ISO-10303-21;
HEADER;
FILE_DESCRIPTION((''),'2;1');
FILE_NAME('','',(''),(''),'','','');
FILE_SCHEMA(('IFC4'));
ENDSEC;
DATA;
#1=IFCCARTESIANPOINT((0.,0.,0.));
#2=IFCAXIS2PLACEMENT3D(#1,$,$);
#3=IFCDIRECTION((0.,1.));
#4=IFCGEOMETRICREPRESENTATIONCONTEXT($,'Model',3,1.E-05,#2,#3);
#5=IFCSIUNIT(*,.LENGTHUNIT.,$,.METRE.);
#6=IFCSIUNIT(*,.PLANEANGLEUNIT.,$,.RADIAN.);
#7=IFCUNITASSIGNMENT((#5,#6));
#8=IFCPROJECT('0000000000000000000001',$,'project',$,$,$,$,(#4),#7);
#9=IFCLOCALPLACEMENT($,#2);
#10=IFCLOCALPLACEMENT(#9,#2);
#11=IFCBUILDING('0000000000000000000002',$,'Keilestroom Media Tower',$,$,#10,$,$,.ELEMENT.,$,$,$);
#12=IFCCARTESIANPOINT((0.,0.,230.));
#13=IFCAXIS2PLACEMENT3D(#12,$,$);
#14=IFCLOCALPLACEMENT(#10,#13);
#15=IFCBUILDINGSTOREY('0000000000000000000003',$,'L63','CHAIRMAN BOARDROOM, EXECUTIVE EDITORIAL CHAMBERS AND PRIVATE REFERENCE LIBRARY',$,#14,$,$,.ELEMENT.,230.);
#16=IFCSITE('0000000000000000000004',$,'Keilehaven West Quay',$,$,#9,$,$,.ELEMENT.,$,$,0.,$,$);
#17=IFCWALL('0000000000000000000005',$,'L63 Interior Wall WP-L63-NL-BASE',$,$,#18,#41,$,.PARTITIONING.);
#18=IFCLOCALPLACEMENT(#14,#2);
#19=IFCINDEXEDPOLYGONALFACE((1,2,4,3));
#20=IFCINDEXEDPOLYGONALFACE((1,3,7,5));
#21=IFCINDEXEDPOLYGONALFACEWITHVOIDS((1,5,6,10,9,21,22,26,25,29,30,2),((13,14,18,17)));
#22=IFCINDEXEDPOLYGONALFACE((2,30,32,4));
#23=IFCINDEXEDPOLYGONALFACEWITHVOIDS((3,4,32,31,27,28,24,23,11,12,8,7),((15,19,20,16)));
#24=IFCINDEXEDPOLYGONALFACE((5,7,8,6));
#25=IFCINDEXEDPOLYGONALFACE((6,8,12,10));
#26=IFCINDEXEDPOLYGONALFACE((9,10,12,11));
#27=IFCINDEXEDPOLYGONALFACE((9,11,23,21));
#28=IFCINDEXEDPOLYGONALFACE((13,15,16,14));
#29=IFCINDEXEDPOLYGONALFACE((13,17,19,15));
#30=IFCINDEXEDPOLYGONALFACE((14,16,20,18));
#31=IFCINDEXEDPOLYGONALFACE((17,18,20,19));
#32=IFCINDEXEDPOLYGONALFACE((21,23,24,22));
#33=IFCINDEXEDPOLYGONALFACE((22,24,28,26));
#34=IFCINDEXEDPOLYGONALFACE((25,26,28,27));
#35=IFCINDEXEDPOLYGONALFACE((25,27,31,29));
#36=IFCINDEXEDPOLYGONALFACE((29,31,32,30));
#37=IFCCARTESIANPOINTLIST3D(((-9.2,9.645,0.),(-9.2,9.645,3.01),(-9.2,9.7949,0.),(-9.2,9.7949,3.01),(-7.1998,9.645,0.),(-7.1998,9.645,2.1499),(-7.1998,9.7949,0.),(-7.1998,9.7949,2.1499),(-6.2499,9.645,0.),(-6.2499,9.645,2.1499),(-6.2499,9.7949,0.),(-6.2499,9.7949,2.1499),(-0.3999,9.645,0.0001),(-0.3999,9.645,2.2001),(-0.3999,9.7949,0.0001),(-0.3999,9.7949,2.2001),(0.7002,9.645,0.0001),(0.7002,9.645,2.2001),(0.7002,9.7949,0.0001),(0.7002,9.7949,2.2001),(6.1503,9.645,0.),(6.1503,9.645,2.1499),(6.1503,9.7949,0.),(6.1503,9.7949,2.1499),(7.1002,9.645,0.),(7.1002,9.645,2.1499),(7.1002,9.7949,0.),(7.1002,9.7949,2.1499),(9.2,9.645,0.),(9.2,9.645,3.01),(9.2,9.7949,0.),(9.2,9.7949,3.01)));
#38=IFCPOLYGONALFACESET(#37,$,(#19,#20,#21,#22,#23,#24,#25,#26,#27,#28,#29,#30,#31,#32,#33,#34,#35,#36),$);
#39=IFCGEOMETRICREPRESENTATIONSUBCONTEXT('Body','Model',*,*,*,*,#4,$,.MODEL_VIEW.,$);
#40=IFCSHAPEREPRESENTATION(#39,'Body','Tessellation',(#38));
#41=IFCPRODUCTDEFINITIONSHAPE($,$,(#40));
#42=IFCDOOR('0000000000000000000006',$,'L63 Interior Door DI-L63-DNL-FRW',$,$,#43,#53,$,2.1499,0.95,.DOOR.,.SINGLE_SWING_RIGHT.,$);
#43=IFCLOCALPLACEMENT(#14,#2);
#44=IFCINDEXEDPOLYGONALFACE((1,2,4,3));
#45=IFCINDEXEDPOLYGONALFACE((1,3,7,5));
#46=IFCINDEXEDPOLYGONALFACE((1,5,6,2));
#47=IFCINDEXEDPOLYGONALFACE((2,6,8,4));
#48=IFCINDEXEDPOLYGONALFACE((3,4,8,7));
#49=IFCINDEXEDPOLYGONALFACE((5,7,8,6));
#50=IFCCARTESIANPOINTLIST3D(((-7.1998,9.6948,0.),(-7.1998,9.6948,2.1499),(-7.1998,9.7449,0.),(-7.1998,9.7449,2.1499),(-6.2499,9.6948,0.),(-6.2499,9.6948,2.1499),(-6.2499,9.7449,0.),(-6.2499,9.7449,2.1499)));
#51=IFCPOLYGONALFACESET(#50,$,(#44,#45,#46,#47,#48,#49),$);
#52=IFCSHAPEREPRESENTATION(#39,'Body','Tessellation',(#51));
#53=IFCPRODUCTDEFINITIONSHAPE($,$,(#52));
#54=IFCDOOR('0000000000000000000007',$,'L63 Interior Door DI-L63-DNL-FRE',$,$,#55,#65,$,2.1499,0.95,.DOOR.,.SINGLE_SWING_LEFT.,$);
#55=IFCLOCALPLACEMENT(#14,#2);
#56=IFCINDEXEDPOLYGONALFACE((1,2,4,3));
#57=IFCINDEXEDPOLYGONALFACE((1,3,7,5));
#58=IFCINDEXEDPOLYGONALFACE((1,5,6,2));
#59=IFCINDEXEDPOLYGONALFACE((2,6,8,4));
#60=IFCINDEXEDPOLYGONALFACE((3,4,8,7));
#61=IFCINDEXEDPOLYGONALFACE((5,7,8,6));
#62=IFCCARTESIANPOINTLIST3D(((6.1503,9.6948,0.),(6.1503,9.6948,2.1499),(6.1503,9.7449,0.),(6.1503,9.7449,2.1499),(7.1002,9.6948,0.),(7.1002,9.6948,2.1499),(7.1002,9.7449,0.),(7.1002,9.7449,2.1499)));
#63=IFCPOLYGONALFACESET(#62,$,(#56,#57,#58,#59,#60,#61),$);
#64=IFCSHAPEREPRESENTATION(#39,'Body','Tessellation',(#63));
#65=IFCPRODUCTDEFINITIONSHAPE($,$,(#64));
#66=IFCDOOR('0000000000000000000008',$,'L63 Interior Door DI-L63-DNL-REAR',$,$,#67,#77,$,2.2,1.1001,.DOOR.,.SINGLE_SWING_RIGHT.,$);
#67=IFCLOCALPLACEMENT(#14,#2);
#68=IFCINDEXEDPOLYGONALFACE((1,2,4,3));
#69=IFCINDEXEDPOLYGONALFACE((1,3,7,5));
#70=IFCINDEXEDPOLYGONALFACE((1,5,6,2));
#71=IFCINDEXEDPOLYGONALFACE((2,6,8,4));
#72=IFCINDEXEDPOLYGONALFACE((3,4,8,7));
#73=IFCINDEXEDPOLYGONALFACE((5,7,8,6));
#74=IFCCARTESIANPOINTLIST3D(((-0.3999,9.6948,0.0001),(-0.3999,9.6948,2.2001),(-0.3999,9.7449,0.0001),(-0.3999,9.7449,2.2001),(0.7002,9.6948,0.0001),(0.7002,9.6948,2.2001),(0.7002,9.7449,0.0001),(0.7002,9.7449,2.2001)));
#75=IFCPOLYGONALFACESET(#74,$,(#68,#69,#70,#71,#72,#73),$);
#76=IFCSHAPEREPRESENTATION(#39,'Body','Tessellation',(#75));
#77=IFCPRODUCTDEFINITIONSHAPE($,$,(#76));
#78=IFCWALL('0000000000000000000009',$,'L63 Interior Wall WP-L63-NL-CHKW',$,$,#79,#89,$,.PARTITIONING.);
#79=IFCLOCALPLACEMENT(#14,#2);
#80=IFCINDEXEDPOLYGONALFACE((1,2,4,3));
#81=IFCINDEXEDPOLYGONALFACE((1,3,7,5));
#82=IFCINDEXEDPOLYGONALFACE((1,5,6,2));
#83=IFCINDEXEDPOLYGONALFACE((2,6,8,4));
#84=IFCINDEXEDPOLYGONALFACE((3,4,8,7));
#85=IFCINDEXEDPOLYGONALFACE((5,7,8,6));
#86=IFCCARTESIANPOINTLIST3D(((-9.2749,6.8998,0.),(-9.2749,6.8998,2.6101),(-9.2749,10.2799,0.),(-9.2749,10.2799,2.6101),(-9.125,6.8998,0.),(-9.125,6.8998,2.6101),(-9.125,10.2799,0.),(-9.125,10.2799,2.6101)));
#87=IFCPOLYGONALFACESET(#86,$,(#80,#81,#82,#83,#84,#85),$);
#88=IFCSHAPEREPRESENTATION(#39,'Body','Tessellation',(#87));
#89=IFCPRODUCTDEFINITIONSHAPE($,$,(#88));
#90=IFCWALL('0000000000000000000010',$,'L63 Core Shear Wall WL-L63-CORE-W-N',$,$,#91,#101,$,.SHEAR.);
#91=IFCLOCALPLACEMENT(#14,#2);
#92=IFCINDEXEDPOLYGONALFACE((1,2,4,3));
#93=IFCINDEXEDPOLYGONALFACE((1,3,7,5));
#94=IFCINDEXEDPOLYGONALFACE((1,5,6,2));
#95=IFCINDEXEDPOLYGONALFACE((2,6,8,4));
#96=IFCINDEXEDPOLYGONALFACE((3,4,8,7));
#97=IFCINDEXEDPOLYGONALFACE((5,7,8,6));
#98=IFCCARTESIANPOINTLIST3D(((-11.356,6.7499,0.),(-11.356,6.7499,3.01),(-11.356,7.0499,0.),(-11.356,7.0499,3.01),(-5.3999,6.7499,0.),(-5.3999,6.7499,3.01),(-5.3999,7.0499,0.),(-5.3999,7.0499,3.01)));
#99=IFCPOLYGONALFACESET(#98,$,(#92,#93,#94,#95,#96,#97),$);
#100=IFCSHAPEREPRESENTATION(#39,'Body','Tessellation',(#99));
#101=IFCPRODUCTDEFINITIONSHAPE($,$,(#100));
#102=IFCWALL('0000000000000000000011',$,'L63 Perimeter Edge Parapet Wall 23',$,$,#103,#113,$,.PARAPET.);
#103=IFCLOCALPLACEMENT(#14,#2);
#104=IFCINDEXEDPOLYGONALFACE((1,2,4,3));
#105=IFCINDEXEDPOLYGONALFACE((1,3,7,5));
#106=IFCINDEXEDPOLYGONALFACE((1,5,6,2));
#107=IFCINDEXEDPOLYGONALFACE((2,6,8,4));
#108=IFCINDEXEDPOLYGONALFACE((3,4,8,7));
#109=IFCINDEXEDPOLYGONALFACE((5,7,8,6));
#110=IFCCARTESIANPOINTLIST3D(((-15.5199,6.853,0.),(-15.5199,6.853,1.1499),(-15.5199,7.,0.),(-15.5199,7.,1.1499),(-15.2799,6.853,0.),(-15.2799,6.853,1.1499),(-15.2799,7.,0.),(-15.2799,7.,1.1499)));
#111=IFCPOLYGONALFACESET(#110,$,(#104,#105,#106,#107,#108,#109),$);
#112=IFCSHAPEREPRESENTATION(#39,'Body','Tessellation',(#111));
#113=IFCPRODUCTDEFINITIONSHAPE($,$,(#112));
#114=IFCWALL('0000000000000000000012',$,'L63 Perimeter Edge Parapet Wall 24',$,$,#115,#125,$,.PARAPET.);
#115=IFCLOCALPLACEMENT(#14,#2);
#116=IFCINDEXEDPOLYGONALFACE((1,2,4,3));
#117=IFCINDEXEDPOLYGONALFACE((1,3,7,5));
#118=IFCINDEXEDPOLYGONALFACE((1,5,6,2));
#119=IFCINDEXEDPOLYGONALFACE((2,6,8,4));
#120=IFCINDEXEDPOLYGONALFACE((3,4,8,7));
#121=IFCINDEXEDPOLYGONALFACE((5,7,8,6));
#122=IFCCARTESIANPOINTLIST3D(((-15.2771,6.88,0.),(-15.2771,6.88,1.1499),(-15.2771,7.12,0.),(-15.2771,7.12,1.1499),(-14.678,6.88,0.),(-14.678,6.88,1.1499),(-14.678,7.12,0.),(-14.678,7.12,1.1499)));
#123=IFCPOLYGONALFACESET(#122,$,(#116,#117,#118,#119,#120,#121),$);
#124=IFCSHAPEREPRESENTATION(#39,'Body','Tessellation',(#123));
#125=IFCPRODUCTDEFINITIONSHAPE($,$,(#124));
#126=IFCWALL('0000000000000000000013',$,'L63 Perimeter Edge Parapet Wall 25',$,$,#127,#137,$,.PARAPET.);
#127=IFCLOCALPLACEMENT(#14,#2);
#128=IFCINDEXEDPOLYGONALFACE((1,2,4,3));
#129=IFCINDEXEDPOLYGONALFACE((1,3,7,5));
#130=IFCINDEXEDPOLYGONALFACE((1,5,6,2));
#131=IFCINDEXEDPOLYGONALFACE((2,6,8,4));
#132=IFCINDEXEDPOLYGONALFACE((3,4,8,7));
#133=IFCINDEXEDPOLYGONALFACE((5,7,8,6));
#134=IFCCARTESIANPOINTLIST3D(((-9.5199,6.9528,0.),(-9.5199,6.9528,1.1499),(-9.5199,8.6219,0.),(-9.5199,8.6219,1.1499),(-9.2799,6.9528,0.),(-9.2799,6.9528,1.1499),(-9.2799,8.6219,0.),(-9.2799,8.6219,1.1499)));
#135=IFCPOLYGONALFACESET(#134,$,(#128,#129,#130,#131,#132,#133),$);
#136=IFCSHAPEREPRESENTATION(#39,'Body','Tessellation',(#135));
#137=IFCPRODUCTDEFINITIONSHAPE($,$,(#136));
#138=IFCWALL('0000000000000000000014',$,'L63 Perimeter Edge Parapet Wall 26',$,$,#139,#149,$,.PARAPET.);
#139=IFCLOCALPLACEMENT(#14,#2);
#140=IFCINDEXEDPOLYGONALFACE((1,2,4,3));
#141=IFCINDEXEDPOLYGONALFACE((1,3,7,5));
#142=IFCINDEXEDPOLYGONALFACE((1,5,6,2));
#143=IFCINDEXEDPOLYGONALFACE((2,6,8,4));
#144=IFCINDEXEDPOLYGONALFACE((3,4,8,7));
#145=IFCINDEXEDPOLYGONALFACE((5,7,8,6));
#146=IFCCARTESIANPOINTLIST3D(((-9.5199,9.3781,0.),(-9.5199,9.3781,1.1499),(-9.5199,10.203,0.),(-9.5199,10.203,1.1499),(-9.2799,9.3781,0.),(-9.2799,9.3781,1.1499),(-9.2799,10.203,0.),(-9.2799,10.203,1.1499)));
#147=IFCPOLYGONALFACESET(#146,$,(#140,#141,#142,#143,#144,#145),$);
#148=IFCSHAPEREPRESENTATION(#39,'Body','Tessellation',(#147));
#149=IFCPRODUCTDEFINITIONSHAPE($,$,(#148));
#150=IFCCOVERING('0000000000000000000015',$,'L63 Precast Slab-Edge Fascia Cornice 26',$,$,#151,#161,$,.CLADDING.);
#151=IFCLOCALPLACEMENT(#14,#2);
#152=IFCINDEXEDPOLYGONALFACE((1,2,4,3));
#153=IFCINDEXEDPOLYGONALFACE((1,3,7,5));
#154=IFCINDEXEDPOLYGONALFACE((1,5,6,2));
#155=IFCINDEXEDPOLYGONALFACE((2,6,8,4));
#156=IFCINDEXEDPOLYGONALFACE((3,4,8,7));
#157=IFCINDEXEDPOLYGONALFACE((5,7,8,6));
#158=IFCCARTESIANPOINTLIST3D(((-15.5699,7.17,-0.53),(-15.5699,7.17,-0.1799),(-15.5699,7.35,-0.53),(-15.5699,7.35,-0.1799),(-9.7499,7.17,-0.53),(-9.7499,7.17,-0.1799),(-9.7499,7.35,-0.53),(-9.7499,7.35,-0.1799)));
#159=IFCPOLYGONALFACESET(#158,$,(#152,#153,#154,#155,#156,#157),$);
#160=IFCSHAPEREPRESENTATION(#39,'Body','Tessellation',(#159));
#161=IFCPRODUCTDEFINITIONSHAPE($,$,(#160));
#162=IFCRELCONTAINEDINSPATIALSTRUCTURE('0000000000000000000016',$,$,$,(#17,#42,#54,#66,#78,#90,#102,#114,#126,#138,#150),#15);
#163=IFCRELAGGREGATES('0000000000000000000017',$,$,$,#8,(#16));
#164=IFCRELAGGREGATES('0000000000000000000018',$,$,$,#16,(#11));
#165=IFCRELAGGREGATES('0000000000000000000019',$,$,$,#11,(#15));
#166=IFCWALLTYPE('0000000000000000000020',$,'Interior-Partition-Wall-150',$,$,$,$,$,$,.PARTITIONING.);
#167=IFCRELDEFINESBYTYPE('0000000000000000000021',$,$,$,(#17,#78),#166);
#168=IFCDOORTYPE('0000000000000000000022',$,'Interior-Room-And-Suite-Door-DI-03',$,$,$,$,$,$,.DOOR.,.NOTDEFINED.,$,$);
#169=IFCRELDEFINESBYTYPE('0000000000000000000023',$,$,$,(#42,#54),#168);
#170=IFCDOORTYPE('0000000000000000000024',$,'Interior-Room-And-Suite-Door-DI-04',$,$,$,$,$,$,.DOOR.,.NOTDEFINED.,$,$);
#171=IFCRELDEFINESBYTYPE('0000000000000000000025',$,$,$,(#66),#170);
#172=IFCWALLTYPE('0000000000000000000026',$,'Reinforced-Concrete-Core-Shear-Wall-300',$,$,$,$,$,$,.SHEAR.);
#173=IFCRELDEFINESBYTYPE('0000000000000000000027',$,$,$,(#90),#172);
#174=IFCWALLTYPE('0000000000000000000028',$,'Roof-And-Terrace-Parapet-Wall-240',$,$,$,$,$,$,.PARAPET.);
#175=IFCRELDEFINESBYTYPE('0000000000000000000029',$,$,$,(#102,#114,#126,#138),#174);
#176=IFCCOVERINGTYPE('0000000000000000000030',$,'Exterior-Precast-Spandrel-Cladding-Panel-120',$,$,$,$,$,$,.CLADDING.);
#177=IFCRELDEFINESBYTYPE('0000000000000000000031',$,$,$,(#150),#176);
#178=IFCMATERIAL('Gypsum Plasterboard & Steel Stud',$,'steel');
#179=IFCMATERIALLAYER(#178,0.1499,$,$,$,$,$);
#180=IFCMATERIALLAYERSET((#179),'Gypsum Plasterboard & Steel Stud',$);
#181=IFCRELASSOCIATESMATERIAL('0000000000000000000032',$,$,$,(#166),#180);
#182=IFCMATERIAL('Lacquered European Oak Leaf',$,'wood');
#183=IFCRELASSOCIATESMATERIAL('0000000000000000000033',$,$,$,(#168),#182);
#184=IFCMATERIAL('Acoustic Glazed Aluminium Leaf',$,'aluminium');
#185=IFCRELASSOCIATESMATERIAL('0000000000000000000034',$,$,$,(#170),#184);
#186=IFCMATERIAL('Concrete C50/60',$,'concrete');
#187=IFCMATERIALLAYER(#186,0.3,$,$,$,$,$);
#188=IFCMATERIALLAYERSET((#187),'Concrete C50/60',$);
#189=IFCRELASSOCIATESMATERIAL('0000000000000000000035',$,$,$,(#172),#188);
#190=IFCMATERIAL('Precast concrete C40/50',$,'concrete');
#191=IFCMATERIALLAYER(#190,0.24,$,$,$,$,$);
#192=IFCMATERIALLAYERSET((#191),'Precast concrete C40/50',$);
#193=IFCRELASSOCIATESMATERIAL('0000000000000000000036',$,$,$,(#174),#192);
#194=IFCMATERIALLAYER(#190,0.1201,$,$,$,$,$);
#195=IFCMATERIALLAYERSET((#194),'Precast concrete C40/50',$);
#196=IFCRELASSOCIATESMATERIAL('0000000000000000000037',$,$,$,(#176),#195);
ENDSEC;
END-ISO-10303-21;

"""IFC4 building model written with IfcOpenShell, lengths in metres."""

from ifc_helpers import new_model, si_unit, direction, frame, frame_2d, origin, origin_2d, place, context, subcontext, project, spatial, rectangle, extrude, source, transform, mapped, material, layer, layer_set, type_object, element, fill, save


model = new_model("IFC4")

# Units and contexts
model_context = context("Model", 3, precision=1e-05, world=origin(), true_north=direction((0.0, 1.0)))
body_context = subcontext(model_context, "Body", "Model", "MODEL_VIEW")
ifc_project = project(units=[si_unit("LENGTHUNIT", "METRE"), si_unit("PLANEANGLEUNIT", "RADIAN")], contexts=[model_context])

# Site, building, storey
site_placement = place(None, origin())
site = spatial("IfcSite", under=ifc_project, at=site_placement, Name="Keilehaven West Quay", CompositionType="ELEMENT", RefElevation=0.0)
building_placement = place(site_placement, origin())
building = spatial("IfcBuilding", under=site, at=building_placement, Name="Keilestroom Media Tower", CompositionType="ELEMENT")
storey_placement = place(building_placement, frame((0.0, 0.0, 230.0)))
storey = spatial("IfcBuildingStorey", under=building, at=storey_placement, Name="L63", Description="CHAIRMAN BOARDROOM, EXECUTIVE EDITORIAL CHAMBERS AND PRIVATE REFERENCE LIBRARY", CompositionType="ELEMENT", Elevation=230.0)

# Shared definitions
ifc_material_1 = material(Name="Precast concrete C40/50", Category="concrete")
ifc_material_2 = material(Name="Concrete C50/60", Category="concrete")

# Shared definitions
ifc_material_3 = material(Name="Gypsum Plasterboard & Steel Stud", Category="steel")

# Wall, openings, doors
ifc_layer_1 = layer(ifc_material_3, 0.1499)
ifc_layer_set_1 = layer_set([ifc_layer_1], Name="Gypsum Plasterboard & Steel Stud")
wall_type_1 = type_object("IfcWallType", Name="Interior-Partition-Wall-150", PredefinedType="PARTITIONING", material=ifc_layer_set_1)
wall_1_placement = place(storey_placement, frame((-9.2, 9.72, 0.0), z_axis=(0.0, 0.0, 1.0), x_axis=(1.0, 0.0, 0.0)))
wall_1 = element("IfcWall", 1, at=wall_1_placement, inside=storey, type_object=wall_type_1, Name="L63 Interior Wall WP-L63-NL-BASE", PredefinedType="PARTITIONING", context=body_context, shape_type="SweptSolid", body=[
    extrude(rectangle(XDim=18.3999, YDim=0.1499, at=frame_2d((9.2, 0.0))), origin(), (0.0, 0.0, 1.0), 3.01),
])
opening_1_placement = place(wall_1_placement, frame((2.0, 0.0, 0.0)))
opening_1 = element("IfcOpeningElement", 2, at=opening_1_placement, cuts=wall_1, PredefinedType="OPENING", context=body_context, shape_type="SweptSolid", body=[
    extrude(rectangle(XDim=0.95, YDim=2.1499, at=frame_2d((0.4751, 1.075))), frame((0.0, 0.085, 0.0), z_axis=(0.0, -1.0, 0.0), x_axis=(1.0, 0.0, 0.0)), (0.0, 0.0, 1.0), 0.1699),
])
opening_2_placement = place(wall_1_placement, frame((15.3501, 0.0, 0.0)))
opening_2 = element("IfcOpeningElement", 3, at=opening_2_placement, cuts=wall_1, PredefinedType="OPENING", context=body_context, shape_type="SweptSolid", body=[
    extrude(rectangle(XDim=0.95, YDim=2.1499, at=frame_2d((0.4751, 1.075))), frame((0.0, 0.085, 0.0), z_axis=(0.0, -1.0, 0.0), x_axis=(1.0, 0.0, 0.0)), (0.0, 0.0, 1.0), 0.1699),
])
opening_3_placement = place(wall_1_placement, frame((8.8, 0.0, 0.0)))
opening_3 = element("IfcOpeningElement", 4, at=opening_3_placement, cuts=wall_1, PredefinedType="OPENING", context=body_context, shape_type="SweptSolid", body=[
    extrude(rectangle(XDim=1.1001, YDim=2.2, at=frame_2d((0.55, 1.1001))), frame((0.0, 0.085, 0.0), z_axis=(0.0, -1.0, 0.0), x_axis=(1.0, 0.0, 0.0)), (0.0, 0.0, 1.0), 0.1699),
])
ifc_material_4 = material(Name="Lacquered European Oak Leaf", Category="wood")
door_type_1 = type_object("IfcDoorType", Name="Interior-Room-And-Suite-Door-DI-03", OperationType="NOTDEFINED", PredefinedType="DOOR", material=ifc_material_4)
shared_shape_1 = source(origin(), body_context, "Body", "SweptSolid", [
    extrude(rectangle(XDim=0.95, YDim=2.1499, at=frame_2d((0.4751, 1.075))), frame((0.0, 0.0249, 0.0), z_axis=(0.0, -1.0, 0.0), x_axis=(1.0, 0.0, 0.0)), (0.0, 0.0, 1.0), 0.05),
])
door_1_placement = place(opening_1_placement, origin())
door_1 = element("IfcDoor", 5, at=door_1_placement, inside=storey, type_object=door_type_1, Name="L63 Interior Door DI-L63-DNL-FRW", OperationType="SINGLE_SWING_RIGHT", OverallHeight=2.1499, OverallWidth=0.95, PredefinedType="DOOR", context=body_context, shape_type="MappedRepresentation", body=[
    mapped(shared_shape_1, transform((0.0, 0.0, 0.0), x_axis=(1.0, 0.0, 0.0), y_axis=(0.0, 1.0, 0.0), z_axis=(0.0, 0.0, 1.0), scale=1.0)),
])
fill(opening_1, door_1)
door_2_placement = place(opening_2_placement, origin())
door_2 = element("IfcDoor", 6, at=door_2_placement, inside=storey, type_object=door_type_1, Name="L63 Interior Door DI-L63-DNL-FRE", OperationType="SINGLE_SWING_LEFT", OverallHeight=2.1499, OverallWidth=0.95, PredefinedType="DOOR", context=body_context, shape_type="MappedRepresentation", body=[
    mapped(shared_shape_1, transform((0.0, 0.0, 0.0), x_axis=(1.0, 0.0, 0.0), y_axis=(0.0, 1.0, 0.0), z_axis=(0.0, 0.0, 1.0), scale=1.0)),
])
fill(opening_2, door_2)
ifc_material_5 = material(Name="Acoustic Glazed Aluminium Leaf", Category="aluminium")
door_type_2 = type_object("IfcDoorType", Name="Interior-Room-And-Suite-Door-DI-04", OperationType="NOTDEFINED", PredefinedType="DOOR", material=ifc_material_5)
shared_shape_2 = source(origin(), body_context, "Body", "SweptSolid", [
    extrude(rectangle(XDim=1.1001, YDim=2.2, at=frame_2d((0.55, 1.1001))), frame((0.0, 0.0249, 0.0), z_axis=(0.0, -1.0, 0.0), x_axis=(1.0, 0.0, 0.0)), (0.0, 0.0, 1.0), 0.05),
])
door_3_placement = place(opening_3_placement, origin())
door_3 = element("IfcDoor", 7, at=door_3_placement, inside=storey, type_object=door_type_2, Name="L63 Interior Door DI-L63-DNL-REAR", OperationType="SINGLE_SWING_RIGHT", OverallHeight=2.2, OverallWidth=1.1001, PredefinedType="DOOR", context=body_context, shape_type="MappedRepresentation", body=[
    mapped(shared_shape_2, transform((0.0, 0.0, 0.0), x_axis=(1.0, 0.0, 0.0), y_axis=(0.0, 1.0, 0.0), z_axis=(0.0, 0.0, 1.0), scale=1.0)),
])
fill(opening_3, door_3)

# Walls
wall_2_placement = place(storey_placement, frame((-9.2, 6.8999, 0.0), z_axis=(0.0, 0.0, 1.0), x_axis=(0.0, 1.0, 0.0)))
element("IfcWall", 8, at=wall_2_placement, inside=storey, type_object=wall_type_1, Name="L63 Interior Wall WP-L63-NL-CHKW", PredefinedType="PARTITIONING", context=body_context, shape_type="SweptSolid", body=[
    extrude(rectangle(XDim=3.3801, YDim=0.1499, at=frame_2d((1.6899, 0.0))), origin(), (0.0, 0.0, 1.0), 2.6101),
])
ifc_layer_2 = layer(ifc_material_2, 0.3)
ifc_layer_set_2 = layer_set([ifc_layer_2], Name="Concrete C50/60")
wall_type_2 = type_object("IfcWallType", Name="Reinforced-Concrete-Core-Shear-Wall-300", PredefinedType="SHEAR", material=ifc_layer_set_2)
wall_3_placement = place(storey_placement, frame((-11.356, 6.8999, 0.0), z_axis=(0.0, 0.0, 1.0), x_axis=(1.0, 0.0, 0.0)))
element("IfcWall", 9, at=wall_3_placement, inside=storey, type_object=wall_type_2, Name="L63 Core Shear Wall WL-L63-CORE-W-N", PredefinedType="SHEAR", context=body_context, shape_type="SweptSolid", body=[
    extrude(rectangle(XDim=5.9561, YDim=0.3, at=frame_2d((2.978, 0.0))), origin(), (0.0, 0.0, 1.0), 3.01),
])
ifc_layer_3 = layer(ifc_material_1, 0.24)
ifc_layer_set_3 = layer_set([ifc_layer_3], Name="Precast concrete C40/50")
wall_type_3 = type_object("IfcWallType", Name="Roof-And-Terrace-Parapet-Wall-240", PredefinedType="PARAPET", material=ifc_layer_set_3)
wall_4_placement = place(storey_placement, frame((-15.3999, 6.853, 0.0), z_axis=(0.0, 0.0, 1.0), x_axis=(0.0, 1.0, 0.0)))
element("IfcWall", 10, at=wall_4_placement, inside=storey, type_object=wall_type_3, Name="L63 Perimeter Edge Parapet Wall 23", PredefinedType="PARAPET", context=body_context, shape_type="SweptSolid", body=[
    extrude(rectangle(XDim=0.147, YDim=0.24, at=frame_2d((0.0735, 0.0))), origin(), (0.0, 0.0, 1.0), 1.1499),
])
wall_5_placement = place(storey_placement, frame((-15.2771, 7.0, 0.0), z_axis=(0.0, 0.0, 1.0), x_axis=(1.0, 0.0, 0.0)))
element("IfcWall", 11, at=wall_5_placement, inside=storey, type_object=wall_type_3, Name="L63 Perimeter Edge Parapet Wall 24", PredefinedType="PARAPET", context=body_context, shape_type="SweptSolid", body=[
    extrude(rectangle(XDim=0.5991, YDim=0.24, at=frame_2d((0.2996, 0.0))), origin(), (0.0, 0.0, 1.0), 1.1499),
])
wall_6_placement = place(storey_placement, frame((-9.3999, 6.9529, 0.0), z_axis=(0.0, 0.0, 1.0), x_axis=(0.0, 1.0, 0.0)))
element("IfcWall", 12, at=wall_6_placement, inside=storey, type_object=wall_type_3, Name="L63 Perimeter Edge Parapet Wall 25", PredefinedType="PARAPET", context=body_context, shape_type="SweptSolid", body=[
    extrude(rectangle(XDim=1.6692, YDim=0.24, at=frame_2d((0.8345, 0.0))), origin(), (0.0, 0.0, 1.0), 1.1499),
])
wall_7_placement = place(storey_placement, frame((-9.3999, 9.3779, 0.0), z_axis=(0.0, 0.0, 1.0), x_axis=(0.0, 1.0, 0.0)))
element("IfcWall", 13, at=wall_7_placement, inside=storey, type_object=wall_type_3, Name="L63 Perimeter Edge Parapet Wall 26", PredefinedType="PARAPET", context=body_context, shape_type="SweptSolid", body=[
    extrude(rectangle(XDim=0.825, YDim=0.24, at=frame_2d((0.4126, 0.0))), origin(), (0.0, 0.0, 1.0), 1.1499),
])

# Covering
ifc_layer_4 = layer(ifc_material_1, 0.1201)
ifc_layer_set_4 = layer_set([ifc_layer_4], Name="Precast concrete C40/50")
covering_type = type_object("IfcCoveringType", Name="Exterior-Precast-Spandrel-Cladding-Panel-120", PredefinedType="CLADDING", material=ifc_layer_set_4)
shared_shape_3 = source(origin(), body_context, "Body", "SweptSolid", [
    extrude(rectangle(XDim=5.8201, YDim=0.1799, at=origin_2d()), origin(), (0.0, 0.0, 1.0), 0.3501),
])
covering_1_placement = place(storey_placement, frame((-12.6599, 7.26, -0.53), z_axis=(0.0, 0.0, 1.0), x_axis=(1.0, 0.0, 0.0)))
element("IfcCovering", 14, at=covering_1_placement, inside=storey, type_object=covering_type, Name="L63 Precast Slab-Edge Fascia Cornice 26", PredefinedType="CLADDING", context=body_context, shape_type="MappedRepresentation", body=[
    mapped(shared_shape_3, transform((0.0, 0.0, 0.0), x_axis=(1.0, 0.0, 0.0), y_axis=(0.0, 1.0, 0.0), z_axis=(0.0, 0.0, 1.0), scale=1.0)),
])

save(model, "model.ifc")
